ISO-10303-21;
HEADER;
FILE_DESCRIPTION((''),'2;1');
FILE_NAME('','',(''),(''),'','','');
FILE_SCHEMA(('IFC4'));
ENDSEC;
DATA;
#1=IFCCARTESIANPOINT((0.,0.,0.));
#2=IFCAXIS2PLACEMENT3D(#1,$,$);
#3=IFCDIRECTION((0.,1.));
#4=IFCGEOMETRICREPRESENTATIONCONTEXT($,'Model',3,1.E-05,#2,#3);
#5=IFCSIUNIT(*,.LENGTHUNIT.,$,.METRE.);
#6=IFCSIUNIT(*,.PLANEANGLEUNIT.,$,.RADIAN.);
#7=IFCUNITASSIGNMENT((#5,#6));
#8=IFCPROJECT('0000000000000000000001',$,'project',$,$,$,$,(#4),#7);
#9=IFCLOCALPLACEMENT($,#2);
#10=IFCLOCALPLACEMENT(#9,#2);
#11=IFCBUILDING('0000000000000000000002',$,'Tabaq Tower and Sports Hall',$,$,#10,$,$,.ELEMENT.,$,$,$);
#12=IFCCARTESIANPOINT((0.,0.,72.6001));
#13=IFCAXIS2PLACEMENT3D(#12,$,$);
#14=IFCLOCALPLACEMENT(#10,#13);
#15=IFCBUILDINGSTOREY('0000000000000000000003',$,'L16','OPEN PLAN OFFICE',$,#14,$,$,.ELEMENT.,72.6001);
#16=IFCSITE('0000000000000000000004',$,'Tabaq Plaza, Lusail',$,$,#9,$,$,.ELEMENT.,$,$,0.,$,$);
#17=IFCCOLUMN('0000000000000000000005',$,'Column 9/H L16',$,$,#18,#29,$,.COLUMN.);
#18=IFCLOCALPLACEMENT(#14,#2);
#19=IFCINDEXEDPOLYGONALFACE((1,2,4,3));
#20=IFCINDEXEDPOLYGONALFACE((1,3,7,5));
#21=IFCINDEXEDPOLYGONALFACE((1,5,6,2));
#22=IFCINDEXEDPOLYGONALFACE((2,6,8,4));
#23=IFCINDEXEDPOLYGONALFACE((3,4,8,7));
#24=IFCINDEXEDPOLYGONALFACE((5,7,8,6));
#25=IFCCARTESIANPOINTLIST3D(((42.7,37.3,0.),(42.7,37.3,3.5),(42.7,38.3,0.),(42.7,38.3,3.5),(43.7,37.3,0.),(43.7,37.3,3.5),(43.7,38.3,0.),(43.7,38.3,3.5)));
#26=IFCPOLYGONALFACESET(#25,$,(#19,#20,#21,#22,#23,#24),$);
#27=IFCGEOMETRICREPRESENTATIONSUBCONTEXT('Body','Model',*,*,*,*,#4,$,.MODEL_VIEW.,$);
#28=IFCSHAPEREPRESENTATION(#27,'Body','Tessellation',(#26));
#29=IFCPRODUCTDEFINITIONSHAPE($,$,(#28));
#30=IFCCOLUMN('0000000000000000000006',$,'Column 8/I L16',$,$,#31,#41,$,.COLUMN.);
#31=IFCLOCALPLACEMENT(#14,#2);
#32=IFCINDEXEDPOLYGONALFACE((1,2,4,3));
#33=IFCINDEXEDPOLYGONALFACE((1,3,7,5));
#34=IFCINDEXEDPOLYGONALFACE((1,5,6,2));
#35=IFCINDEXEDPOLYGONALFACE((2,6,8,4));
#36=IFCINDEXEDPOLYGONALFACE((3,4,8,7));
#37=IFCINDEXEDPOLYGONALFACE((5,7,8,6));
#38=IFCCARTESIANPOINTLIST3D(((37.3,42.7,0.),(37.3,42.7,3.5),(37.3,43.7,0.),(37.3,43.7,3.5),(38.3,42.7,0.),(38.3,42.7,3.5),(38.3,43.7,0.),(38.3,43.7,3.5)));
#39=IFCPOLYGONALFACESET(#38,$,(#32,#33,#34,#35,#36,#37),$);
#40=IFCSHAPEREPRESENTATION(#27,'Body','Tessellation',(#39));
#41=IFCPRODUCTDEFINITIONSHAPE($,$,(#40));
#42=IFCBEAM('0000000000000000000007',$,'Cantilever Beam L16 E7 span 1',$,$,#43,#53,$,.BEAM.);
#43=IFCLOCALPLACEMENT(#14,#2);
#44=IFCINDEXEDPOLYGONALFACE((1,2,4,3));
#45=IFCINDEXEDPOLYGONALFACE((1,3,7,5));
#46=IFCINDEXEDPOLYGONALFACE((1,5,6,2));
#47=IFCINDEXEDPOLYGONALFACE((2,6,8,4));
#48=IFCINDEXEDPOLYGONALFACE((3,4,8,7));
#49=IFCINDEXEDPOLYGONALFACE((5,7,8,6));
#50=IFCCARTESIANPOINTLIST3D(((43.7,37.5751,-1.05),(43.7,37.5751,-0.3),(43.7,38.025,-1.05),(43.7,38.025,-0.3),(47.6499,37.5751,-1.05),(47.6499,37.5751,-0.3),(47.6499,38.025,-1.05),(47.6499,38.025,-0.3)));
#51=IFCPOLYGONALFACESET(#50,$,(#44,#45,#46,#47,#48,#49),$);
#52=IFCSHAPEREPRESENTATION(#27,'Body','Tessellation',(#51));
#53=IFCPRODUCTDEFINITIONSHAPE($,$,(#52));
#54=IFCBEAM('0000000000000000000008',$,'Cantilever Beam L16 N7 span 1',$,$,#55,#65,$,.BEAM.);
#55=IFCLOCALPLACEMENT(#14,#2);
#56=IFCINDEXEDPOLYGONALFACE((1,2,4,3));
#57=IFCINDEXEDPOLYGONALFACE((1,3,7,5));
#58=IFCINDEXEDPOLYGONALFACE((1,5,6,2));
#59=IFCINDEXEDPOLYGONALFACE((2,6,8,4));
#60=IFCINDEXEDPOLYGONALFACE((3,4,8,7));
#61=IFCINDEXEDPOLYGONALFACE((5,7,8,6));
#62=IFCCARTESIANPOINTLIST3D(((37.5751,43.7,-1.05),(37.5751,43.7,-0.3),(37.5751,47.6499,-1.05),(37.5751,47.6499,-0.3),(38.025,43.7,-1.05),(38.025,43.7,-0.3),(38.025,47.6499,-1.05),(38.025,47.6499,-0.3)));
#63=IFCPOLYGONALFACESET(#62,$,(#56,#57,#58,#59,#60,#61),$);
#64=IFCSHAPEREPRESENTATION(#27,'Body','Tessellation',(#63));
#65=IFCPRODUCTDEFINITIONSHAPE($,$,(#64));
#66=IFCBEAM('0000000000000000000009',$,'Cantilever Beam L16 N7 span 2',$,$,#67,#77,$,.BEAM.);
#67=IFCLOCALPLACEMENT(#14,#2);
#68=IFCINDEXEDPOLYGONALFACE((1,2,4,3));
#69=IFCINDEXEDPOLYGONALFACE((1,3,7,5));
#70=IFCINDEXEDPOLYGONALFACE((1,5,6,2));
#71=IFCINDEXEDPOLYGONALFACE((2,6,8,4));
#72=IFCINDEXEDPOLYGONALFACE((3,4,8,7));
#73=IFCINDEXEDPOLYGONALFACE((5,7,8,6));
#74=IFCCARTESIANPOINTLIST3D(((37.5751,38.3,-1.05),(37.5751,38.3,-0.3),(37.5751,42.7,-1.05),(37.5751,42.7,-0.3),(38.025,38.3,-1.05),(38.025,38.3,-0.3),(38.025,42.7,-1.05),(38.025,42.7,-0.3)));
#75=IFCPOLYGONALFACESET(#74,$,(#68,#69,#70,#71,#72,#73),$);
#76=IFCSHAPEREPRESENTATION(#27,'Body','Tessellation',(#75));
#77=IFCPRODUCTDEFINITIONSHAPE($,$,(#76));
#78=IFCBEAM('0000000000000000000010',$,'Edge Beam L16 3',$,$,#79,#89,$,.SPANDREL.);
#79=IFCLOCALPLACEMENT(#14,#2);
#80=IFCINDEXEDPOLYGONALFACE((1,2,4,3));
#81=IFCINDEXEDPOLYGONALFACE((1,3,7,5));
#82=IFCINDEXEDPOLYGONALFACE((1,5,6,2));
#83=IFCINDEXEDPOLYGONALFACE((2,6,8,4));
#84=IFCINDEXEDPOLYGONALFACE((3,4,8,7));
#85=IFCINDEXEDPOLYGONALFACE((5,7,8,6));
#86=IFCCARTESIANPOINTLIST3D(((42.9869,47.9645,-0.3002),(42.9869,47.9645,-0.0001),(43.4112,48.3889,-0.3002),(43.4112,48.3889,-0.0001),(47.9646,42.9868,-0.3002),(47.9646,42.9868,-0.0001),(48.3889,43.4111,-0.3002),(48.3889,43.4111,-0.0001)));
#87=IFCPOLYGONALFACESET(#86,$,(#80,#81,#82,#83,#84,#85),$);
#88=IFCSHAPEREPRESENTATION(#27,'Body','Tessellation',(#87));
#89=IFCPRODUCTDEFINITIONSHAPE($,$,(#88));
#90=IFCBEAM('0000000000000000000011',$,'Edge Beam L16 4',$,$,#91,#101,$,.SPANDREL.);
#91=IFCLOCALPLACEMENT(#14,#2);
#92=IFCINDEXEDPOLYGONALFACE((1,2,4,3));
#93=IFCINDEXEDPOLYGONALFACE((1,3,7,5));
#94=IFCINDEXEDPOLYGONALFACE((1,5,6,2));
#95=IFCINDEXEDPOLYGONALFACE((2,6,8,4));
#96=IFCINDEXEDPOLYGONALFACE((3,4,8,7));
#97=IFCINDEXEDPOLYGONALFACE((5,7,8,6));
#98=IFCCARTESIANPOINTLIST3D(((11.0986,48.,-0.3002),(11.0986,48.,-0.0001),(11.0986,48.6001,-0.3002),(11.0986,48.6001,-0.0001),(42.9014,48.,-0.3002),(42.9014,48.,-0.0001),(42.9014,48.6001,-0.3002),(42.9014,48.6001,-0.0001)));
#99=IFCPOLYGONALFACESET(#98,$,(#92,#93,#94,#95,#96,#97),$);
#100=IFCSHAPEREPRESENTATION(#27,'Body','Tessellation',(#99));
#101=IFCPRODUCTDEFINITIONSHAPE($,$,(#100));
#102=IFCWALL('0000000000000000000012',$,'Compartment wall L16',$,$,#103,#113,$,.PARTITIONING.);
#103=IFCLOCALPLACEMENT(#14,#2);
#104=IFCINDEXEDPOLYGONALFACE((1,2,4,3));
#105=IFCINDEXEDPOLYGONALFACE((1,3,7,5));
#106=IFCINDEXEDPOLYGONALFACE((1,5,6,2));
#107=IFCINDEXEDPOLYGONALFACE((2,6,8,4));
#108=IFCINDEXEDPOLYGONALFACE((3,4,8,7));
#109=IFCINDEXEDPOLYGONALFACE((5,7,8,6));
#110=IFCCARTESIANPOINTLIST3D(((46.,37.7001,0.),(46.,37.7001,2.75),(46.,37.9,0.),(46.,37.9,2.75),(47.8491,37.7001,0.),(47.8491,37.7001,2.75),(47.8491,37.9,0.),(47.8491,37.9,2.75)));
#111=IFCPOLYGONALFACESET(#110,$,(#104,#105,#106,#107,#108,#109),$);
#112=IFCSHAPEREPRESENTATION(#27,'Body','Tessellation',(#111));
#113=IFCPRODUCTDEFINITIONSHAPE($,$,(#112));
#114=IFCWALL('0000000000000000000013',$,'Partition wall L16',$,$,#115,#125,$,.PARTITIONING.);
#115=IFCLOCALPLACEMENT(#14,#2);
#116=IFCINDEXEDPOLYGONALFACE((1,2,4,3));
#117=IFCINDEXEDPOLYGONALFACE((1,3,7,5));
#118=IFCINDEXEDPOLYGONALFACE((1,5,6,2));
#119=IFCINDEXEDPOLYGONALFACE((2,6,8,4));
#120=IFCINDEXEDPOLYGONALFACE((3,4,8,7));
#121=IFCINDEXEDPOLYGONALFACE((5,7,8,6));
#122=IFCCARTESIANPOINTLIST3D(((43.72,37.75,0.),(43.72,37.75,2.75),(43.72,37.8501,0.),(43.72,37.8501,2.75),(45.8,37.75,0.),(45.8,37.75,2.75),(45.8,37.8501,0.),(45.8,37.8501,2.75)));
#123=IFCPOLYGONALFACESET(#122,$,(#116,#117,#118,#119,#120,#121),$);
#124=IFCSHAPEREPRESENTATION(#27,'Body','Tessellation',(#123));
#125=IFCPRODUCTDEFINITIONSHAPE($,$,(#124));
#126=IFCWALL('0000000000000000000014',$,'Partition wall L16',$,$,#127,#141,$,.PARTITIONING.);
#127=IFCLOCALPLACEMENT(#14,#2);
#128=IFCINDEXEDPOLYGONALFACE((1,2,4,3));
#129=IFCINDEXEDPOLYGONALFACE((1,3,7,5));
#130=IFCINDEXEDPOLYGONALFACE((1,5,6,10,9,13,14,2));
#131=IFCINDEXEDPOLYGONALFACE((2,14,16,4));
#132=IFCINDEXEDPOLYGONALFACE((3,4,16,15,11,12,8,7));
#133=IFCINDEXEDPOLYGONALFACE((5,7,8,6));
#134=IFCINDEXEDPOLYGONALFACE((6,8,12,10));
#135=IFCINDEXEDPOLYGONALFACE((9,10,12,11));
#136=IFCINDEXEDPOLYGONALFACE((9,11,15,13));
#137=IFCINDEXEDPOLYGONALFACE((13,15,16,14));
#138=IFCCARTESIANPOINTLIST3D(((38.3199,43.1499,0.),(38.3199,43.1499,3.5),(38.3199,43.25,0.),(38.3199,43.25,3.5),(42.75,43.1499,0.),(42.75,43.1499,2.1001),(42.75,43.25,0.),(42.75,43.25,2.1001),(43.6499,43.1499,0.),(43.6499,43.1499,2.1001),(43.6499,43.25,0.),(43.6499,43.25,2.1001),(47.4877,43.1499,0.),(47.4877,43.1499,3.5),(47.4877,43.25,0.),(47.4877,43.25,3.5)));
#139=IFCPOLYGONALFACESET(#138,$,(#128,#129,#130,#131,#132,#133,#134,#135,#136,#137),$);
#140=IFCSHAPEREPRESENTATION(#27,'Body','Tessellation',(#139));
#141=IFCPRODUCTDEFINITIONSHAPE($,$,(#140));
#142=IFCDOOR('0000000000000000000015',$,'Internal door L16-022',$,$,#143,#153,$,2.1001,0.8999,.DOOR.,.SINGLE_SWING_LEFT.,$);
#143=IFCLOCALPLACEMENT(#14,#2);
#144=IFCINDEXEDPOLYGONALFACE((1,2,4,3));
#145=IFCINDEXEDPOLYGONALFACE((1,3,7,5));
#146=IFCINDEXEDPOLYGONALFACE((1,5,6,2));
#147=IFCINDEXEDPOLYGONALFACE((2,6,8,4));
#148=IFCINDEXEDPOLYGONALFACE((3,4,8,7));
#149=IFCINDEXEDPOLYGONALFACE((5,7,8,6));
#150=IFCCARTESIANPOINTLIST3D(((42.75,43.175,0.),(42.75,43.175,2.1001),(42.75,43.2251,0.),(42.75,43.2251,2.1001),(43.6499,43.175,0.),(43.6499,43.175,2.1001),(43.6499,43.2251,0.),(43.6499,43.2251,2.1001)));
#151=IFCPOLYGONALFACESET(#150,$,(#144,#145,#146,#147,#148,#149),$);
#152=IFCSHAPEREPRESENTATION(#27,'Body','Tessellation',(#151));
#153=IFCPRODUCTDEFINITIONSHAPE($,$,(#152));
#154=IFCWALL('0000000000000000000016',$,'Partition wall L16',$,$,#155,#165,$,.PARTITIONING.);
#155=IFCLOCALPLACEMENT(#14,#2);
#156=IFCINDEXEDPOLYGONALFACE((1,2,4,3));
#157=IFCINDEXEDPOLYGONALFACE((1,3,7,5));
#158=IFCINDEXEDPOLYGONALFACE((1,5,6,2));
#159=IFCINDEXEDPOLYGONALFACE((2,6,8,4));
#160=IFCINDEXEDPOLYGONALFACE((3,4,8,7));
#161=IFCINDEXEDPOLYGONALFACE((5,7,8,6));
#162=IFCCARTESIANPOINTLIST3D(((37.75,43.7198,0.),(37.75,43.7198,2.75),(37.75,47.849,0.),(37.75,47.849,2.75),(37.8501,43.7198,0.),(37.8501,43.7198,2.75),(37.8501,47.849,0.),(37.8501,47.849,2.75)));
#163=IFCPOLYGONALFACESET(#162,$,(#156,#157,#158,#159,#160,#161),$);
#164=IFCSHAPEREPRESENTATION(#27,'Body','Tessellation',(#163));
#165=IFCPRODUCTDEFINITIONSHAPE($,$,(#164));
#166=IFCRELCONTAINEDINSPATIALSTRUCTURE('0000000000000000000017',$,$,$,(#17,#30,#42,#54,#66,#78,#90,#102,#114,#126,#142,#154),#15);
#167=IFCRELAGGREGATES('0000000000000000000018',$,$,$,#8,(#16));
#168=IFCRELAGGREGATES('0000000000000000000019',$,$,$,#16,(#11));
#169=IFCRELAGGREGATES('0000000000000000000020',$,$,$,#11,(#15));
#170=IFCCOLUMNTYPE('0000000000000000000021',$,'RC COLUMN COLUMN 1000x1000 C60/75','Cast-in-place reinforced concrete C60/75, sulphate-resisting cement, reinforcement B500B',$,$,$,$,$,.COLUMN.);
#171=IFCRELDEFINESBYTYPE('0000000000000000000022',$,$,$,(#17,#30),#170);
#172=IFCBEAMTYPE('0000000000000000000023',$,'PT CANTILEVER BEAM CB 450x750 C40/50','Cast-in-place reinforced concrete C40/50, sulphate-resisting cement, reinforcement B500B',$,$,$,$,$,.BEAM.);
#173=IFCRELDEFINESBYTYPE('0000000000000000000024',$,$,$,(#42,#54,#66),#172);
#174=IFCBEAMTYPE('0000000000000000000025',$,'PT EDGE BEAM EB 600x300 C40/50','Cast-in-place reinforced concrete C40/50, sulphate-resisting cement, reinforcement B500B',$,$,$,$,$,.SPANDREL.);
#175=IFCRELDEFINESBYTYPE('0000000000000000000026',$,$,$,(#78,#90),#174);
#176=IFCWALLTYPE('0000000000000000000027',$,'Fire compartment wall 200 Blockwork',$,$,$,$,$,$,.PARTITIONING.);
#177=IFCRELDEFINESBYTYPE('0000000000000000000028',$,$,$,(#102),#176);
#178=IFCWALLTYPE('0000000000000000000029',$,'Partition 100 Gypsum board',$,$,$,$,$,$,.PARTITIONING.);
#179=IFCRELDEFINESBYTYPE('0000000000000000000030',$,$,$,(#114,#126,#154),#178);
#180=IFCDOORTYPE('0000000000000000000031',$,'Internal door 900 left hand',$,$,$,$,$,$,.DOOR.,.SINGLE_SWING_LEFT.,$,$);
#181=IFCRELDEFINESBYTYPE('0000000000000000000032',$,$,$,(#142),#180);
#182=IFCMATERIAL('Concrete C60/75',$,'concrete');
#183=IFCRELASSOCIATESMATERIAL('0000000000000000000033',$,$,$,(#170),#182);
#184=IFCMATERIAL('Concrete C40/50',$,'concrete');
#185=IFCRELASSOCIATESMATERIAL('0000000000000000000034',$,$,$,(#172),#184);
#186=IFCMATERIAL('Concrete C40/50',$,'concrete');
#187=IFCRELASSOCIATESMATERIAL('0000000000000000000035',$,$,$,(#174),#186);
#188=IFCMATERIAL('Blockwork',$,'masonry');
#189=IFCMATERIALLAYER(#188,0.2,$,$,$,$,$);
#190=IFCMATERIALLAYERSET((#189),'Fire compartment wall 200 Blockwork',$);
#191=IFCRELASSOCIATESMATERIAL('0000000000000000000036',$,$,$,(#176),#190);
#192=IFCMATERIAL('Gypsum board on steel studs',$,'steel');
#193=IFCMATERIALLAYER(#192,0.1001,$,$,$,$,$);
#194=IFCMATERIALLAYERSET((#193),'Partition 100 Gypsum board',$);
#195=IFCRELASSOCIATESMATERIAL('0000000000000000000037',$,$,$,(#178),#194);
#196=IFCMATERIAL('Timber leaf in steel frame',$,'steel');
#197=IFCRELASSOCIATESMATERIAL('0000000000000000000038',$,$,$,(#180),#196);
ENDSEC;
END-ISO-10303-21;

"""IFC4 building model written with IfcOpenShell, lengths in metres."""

from ifc_helpers import new_model, si_unit, direction, frame, frame_2d, origin, origin_2d, place, context, subcontext, project, spatial, rectangle, extrude, material, layer, layer_set, material_profile, profile_set, type_object, element, fill, save


model = new_model("IFC4")

# Units and contexts
model_context = context("Model", 3, precision=1e-05, world=origin(), true_north=direction((0.0, 1.0)))
body_context = subcontext(model_context, "Body", "Model", "MODEL_VIEW")
ifc_project = project(units=[si_unit("LENGTHUNIT", "METRE"), si_unit("PLANEANGLEUNIT", "RADIAN")], contexts=[model_context])

# Site, building, storey
site_placement = place(None, origin())
site = spatial("IfcSite", under=ifc_project, at=site_placement, Name="Tabaq Plaza, Lusail", CompositionType="ELEMENT", RefElevation=0.0)
building_placement = place(site_placement, origin())
building = spatial("IfcBuilding", under=site, at=building_placement, Name="Tabaq Tower and Sports Hall", CompositionType="ELEMENT")
storey_placement = place(building_placement, frame((0.0, 0.0, 72.6001)))
storey = spatial("IfcBuildingStorey", under=building, at=storey_placement, Name="L16", Description="OPEN PLAN OFFICE", CompositionType="ELEMENT", Elevation=72.6001)

# Columns
ifc_material_1 = material(Name="Concrete C60/75", Category="concrete")
ifc_material_profile_1 = material_profile(ifc_material_1, rectangle(XDim=1.0, YDim=1.0, at=origin_2d()), Name="COLUMN 1000x1000")
ifc_profile_set_1 = profile_set([ifc_material_profile_1], Name="Concrete C60/75")
column_type = type_object("IfcColumnType", Name="RC COLUMN COLUMN 1000x1000 C60/75", Description="Cast-in-place reinforced concrete C60/75, sulphate-resisting cement, reinforcement B500B", PredefinedType="COLUMN", material=ifc_profile_set_1)
for number, where, z_axis, x_axis, name in (
    (1, (43.2, 37.8, 0.0), (0.0, 0.0, 1.0), (1.0, 0.0, 0.0), "Column 9/H L16"),
    (2, (37.8, 43.2, 0.0), (0.0, 0.0, 1.0), (1.0, 0.0, 0.0), "Column 8/I L16"),
):
    element("IfcColumn", number, at=place(storey_placement, frame(where, z_axis=z_axis, x_axis=x_axis)), inside=storey, type_object=column_type, Name=name, PredefinedType="COLUMN", context=body_context, shape_type="SweptSolid", body=[
        extrude(rectangle(XDim=1.0, YDim=1.0, at=origin_2d()), origin(), (0.0, 0.0, 1.0), 3.5),
    ])

# Beams
ifc_material_2 = material(Name="Concrete C40/50", Category="concrete")
ifc_material_profile_2 = material_profile(ifc_material_2, rectangle(XDim=0.45, YDim=0.75, at=origin_2d()), Name="CB 450x750")
ifc_profile_set_2 = profile_set([ifc_material_profile_2], Name="Concrete C40/50")
beam_type_1 = type_object("IfcBeamType", Name="PT CANTILEVER BEAM CB 450x750 C40/50", Description="Cast-in-place reinforced concrete C40/50, sulphate-resisting cement, reinforcement B500B", PredefinedType="BEAM", material=ifc_profile_set_2)
for number, where, z_axis, x_axis, name in (
    (3, (47.6499, 37.8, -0.675), (-1.0, 0.0, 0.0), (0.0, -1.0, 0.0), "Cantilever Beam L16 E7 span 1"),
    (4, (37.8, 47.6499, -0.675), (0.0, -1.0, 0.0), (1.0, 0.0, 0.0), "Cantilever Beam L16 N7 span 1"),
):
    element("IfcBeam", number, at=place(storey_placement, frame(where, z_axis=z_axis, x_axis=x_axis)), inside=storey, type_object=beam_type_1, Name=name, PredefinedType="BEAM", context=body_context, shape_type="SweptSolid", body=[
        extrude(rectangle(XDim=0.45, YDim=0.75, at=origin_2d()), origin(), (0.0, 0.0, 1.0), 3.95),
    ])
beam_1_placement = place(storey_placement, frame((37.8, 42.7, -0.675), z_axis=(0.0, -1.0, 0.0), x_axis=(1.0, 0.0, 0.0)))
element("IfcBeam", 5, at=beam_1_placement, inside=storey, type_object=beam_type_1, Name="Cantilever Beam L16 N7 span 2", PredefinedType="BEAM", context=body_context, shape_type="SweptSolid", body=[
    extrude(rectangle(XDim=0.45, YDim=0.75, at=origin_2d()), origin(), (0.0, 0.0, 1.0), 4.3999),
])
ifc_material_3 = material(Name="Concrete C40/50", Category="concrete")
ifc_material_profile_3 = material_profile(ifc_material_3, rectangle(XDim=0.6001, YDim=0.3, at=origin_2d()), Name="EB 600x300")
ifc_profile_set_3 = profile_set([ifc_material_profile_3], Name="Concrete C40/50")
beam_type_2 = type_object("IfcBeamType", Name="PT EDGE BEAM EB 600x300 C40/50", Description="Cast-in-place reinforced concrete C40/50, sulphate-resisting cement, reinforcement B500B", PredefinedType="SPANDREL", material=ifc_profile_set_3)
beam_2_placement = place(storey_placement, frame((48.1768, 43.199, -0.1501), z_axis=(-0.707107, 0.707107, 0.0), x_axis=(-0.707107, -0.707107, 0.0)))
element("IfcBeam", 6, at=beam_2_placement, inside=storey, type_object=beam_type_2, Name="Edge Beam L16 3", PredefinedType="SPANDREL", context=body_context, shape_type="SweptSolid", body=[
    extrude(rectangle(XDim=0.6001, YDim=0.3, at=origin_2d()), origin(), (0.0, 0.0, 1.0), 7.0396),
])
beam_3_placement = place(storey_placement, frame((42.9014, 48.3, -0.1501), z_axis=(-1.0, 0.0, 0.0), x_axis=(0.0, -1.0, 0.0)))
element("IfcBeam", 7, at=beam_3_placement, inside=storey, type_object=beam_type_2, Name="Edge Beam L16 4", PredefinedType="SPANDREL", context=body_context, shape_type="SweptSolid", body=[
    extrude(rectangle(XDim=0.6001, YDim=0.3, at=origin_2d()), origin(), (0.0, 0.0, 1.0), 31.8027),
])

# Walls
ifc_material_4 = material(Name="Blockwork", Category="masonry")
ifc_layer_1 = layer(ifc_material_4, 0.2)
ifc_layer_set_1 = layer_set([ifc_layer_1], Name="Fire compartment wall 200 Blockwork")
wall_type_1 = type_object("IfcWallType", Name="Fire compartment wall 200 Blockwork", PredefinedType="PARTITIONING", material=ifc_layer_set_1)
wall_1_placement = place(storey_placement, frame((47.8491, 37.8, 0.0), z_axis=(0.0, 0.0, 1.0), x_axis=(-1.0, 0.0, 0.0)))
element("IfcWall", 8, at=wall_1_placement, inside=storey, type_object=wall_type_1, Name="Compartment wall L16", PredefinedType="PARTITIONING", context=body_context, shape_type="SweptSolid", body=[
    extrude(rectangle(XDim=1.8491, YDim=0.2, at=frame_2d((0.9246, 0.0))), origin(), (0.0, 0.0, 1.0), 2.75),
])
ifc_material_5 = material(Name="Gypsum board on steel studs", Category="steel")
ifc_layer_2 = layer(ifc_material_5, 0.1001)
ifc_layer_set_2 = layer_set([ifc_layer_2], Name="Partition 100 Gypsum board")
wall_type_2 = type_object("IfcWallType", Name="Partition 100 Gypsum board", PredefinedType="PARTITIONING", material=ifc_layer_set_2)
wall_2_placement = place(storey_placement, frame((45.8, 37.8, 0.0), z_axis=(0.0, 0.0, 1.0), x_axis=(-1.0, 0.0, 0.0)))
element("IfcWall", 9, at=wall_2_placement, inside=storey, type_object=wall_type_2, Name="Partition wall L16", PredefinedType="PARTITIONING", context=body_context, shape_type="SweptSolid", body=[
    extrude(rectangle(XDim=2.0801, YDim=0.1001, at=frame_2d((1.04, 0.0))), origin(), (0.0, 0.0, 1.0), 2.75),
])

# Wall, opening, door
wall_3_placement = place(storey_placement, frame((47.4878, 43.2, 0.0), z_axis=(0.0, 0.0, 1.0), x_axis=(-1.0, 0.0, 0.0)))
wall_3 = element("IfcWall", 10, at=wall_3_placement, inside=storey, type_object=wall_type_2, Name="Partition wall L16", PredefinedType="PARTITIONING", context=body_context, shape_type="SweptSolid", body=[
    extrude(rectangle(XDim=9.1677, YDim=0.1001, at=frame_2d((4.584, 0.0))), origin(), (0.0, 0.0, 1.0), 3.5),
])
opening_1_placement = place(wall_3_placement, frame((3.8379, 0.0, 0.0)))
opening_1 = element("IfcOpeningElement", 11, at=opening_1_placement, cuts=wall_3, PredefinedType="OPENING", context=body_context, shape_type="SweptSolid", body=[
    extrude(rectangle(XDim=0.8999, YDim=2.1001, at=frame_2d((0.45, 1.05))), frame((0.0, 0.05, 0.0), z_axis=(0.0, -1.0, 0.0), x_axis=(1.0, 0.0, 0.0)), (0.0, 0.0, 1.0), 0.1001),
])
ifc_material_6 = material(Name="Timber leaf in steel frame", Category="steel")
door_type = type_object("IfcDoorType", Name="Internal door 900 left hand", OperationType="SINGLE_SWING_LEFT", PredefinedType="DOOR", material=ifc_material_6)
door_placement = place(opening_1_placement, origin())
door = element("IfcDoor", 12, at=door_placement, inside=storey, type_object=door_type, Name="Internal door L16-022", OperationType="SINGLE_SWING_LEFT", OverallHeight=2.1001, OverallWidth=0.8999, PredefinedType="DOOR", context=body_context, shape_type="SweptSolid", body=[
    extrude(rectangle(XDim=0.8999, YDim=2.1001, at=frame_2d((0.45, 1.05))), frame((0.0, 0.0249, 0.0), z_axis=(0.0, -1.0, 0.0), x_axis=(1.0, 0.0, 0.0)), (0.0, 0.0, 1.0), 0.05),
])
fill(opening_1, door)

# Wall
wall_4_placement = place(storey_placement, frame((37.8, 43.72, 0.0), z_axis=(0.0, 0.0, 1.0), x_axis=(0.0, 1.0, 0.0)))
element("IfcWall", 13, at=wall_4_placement, inside=storey, type_object=wall_type_2, Name="Partition wall L16", PredefinedType="PARTITIONING", context=body_context, shape_type="SweptSolid", body=[
    extrude(rectangle(XDim=4.1292, YDim=0.1001, at=frame_2d((2.0645, 0.0))), origin(), (0.0, 0.0, 1.0), 2.75),
])

save(model, "model.ifc")
